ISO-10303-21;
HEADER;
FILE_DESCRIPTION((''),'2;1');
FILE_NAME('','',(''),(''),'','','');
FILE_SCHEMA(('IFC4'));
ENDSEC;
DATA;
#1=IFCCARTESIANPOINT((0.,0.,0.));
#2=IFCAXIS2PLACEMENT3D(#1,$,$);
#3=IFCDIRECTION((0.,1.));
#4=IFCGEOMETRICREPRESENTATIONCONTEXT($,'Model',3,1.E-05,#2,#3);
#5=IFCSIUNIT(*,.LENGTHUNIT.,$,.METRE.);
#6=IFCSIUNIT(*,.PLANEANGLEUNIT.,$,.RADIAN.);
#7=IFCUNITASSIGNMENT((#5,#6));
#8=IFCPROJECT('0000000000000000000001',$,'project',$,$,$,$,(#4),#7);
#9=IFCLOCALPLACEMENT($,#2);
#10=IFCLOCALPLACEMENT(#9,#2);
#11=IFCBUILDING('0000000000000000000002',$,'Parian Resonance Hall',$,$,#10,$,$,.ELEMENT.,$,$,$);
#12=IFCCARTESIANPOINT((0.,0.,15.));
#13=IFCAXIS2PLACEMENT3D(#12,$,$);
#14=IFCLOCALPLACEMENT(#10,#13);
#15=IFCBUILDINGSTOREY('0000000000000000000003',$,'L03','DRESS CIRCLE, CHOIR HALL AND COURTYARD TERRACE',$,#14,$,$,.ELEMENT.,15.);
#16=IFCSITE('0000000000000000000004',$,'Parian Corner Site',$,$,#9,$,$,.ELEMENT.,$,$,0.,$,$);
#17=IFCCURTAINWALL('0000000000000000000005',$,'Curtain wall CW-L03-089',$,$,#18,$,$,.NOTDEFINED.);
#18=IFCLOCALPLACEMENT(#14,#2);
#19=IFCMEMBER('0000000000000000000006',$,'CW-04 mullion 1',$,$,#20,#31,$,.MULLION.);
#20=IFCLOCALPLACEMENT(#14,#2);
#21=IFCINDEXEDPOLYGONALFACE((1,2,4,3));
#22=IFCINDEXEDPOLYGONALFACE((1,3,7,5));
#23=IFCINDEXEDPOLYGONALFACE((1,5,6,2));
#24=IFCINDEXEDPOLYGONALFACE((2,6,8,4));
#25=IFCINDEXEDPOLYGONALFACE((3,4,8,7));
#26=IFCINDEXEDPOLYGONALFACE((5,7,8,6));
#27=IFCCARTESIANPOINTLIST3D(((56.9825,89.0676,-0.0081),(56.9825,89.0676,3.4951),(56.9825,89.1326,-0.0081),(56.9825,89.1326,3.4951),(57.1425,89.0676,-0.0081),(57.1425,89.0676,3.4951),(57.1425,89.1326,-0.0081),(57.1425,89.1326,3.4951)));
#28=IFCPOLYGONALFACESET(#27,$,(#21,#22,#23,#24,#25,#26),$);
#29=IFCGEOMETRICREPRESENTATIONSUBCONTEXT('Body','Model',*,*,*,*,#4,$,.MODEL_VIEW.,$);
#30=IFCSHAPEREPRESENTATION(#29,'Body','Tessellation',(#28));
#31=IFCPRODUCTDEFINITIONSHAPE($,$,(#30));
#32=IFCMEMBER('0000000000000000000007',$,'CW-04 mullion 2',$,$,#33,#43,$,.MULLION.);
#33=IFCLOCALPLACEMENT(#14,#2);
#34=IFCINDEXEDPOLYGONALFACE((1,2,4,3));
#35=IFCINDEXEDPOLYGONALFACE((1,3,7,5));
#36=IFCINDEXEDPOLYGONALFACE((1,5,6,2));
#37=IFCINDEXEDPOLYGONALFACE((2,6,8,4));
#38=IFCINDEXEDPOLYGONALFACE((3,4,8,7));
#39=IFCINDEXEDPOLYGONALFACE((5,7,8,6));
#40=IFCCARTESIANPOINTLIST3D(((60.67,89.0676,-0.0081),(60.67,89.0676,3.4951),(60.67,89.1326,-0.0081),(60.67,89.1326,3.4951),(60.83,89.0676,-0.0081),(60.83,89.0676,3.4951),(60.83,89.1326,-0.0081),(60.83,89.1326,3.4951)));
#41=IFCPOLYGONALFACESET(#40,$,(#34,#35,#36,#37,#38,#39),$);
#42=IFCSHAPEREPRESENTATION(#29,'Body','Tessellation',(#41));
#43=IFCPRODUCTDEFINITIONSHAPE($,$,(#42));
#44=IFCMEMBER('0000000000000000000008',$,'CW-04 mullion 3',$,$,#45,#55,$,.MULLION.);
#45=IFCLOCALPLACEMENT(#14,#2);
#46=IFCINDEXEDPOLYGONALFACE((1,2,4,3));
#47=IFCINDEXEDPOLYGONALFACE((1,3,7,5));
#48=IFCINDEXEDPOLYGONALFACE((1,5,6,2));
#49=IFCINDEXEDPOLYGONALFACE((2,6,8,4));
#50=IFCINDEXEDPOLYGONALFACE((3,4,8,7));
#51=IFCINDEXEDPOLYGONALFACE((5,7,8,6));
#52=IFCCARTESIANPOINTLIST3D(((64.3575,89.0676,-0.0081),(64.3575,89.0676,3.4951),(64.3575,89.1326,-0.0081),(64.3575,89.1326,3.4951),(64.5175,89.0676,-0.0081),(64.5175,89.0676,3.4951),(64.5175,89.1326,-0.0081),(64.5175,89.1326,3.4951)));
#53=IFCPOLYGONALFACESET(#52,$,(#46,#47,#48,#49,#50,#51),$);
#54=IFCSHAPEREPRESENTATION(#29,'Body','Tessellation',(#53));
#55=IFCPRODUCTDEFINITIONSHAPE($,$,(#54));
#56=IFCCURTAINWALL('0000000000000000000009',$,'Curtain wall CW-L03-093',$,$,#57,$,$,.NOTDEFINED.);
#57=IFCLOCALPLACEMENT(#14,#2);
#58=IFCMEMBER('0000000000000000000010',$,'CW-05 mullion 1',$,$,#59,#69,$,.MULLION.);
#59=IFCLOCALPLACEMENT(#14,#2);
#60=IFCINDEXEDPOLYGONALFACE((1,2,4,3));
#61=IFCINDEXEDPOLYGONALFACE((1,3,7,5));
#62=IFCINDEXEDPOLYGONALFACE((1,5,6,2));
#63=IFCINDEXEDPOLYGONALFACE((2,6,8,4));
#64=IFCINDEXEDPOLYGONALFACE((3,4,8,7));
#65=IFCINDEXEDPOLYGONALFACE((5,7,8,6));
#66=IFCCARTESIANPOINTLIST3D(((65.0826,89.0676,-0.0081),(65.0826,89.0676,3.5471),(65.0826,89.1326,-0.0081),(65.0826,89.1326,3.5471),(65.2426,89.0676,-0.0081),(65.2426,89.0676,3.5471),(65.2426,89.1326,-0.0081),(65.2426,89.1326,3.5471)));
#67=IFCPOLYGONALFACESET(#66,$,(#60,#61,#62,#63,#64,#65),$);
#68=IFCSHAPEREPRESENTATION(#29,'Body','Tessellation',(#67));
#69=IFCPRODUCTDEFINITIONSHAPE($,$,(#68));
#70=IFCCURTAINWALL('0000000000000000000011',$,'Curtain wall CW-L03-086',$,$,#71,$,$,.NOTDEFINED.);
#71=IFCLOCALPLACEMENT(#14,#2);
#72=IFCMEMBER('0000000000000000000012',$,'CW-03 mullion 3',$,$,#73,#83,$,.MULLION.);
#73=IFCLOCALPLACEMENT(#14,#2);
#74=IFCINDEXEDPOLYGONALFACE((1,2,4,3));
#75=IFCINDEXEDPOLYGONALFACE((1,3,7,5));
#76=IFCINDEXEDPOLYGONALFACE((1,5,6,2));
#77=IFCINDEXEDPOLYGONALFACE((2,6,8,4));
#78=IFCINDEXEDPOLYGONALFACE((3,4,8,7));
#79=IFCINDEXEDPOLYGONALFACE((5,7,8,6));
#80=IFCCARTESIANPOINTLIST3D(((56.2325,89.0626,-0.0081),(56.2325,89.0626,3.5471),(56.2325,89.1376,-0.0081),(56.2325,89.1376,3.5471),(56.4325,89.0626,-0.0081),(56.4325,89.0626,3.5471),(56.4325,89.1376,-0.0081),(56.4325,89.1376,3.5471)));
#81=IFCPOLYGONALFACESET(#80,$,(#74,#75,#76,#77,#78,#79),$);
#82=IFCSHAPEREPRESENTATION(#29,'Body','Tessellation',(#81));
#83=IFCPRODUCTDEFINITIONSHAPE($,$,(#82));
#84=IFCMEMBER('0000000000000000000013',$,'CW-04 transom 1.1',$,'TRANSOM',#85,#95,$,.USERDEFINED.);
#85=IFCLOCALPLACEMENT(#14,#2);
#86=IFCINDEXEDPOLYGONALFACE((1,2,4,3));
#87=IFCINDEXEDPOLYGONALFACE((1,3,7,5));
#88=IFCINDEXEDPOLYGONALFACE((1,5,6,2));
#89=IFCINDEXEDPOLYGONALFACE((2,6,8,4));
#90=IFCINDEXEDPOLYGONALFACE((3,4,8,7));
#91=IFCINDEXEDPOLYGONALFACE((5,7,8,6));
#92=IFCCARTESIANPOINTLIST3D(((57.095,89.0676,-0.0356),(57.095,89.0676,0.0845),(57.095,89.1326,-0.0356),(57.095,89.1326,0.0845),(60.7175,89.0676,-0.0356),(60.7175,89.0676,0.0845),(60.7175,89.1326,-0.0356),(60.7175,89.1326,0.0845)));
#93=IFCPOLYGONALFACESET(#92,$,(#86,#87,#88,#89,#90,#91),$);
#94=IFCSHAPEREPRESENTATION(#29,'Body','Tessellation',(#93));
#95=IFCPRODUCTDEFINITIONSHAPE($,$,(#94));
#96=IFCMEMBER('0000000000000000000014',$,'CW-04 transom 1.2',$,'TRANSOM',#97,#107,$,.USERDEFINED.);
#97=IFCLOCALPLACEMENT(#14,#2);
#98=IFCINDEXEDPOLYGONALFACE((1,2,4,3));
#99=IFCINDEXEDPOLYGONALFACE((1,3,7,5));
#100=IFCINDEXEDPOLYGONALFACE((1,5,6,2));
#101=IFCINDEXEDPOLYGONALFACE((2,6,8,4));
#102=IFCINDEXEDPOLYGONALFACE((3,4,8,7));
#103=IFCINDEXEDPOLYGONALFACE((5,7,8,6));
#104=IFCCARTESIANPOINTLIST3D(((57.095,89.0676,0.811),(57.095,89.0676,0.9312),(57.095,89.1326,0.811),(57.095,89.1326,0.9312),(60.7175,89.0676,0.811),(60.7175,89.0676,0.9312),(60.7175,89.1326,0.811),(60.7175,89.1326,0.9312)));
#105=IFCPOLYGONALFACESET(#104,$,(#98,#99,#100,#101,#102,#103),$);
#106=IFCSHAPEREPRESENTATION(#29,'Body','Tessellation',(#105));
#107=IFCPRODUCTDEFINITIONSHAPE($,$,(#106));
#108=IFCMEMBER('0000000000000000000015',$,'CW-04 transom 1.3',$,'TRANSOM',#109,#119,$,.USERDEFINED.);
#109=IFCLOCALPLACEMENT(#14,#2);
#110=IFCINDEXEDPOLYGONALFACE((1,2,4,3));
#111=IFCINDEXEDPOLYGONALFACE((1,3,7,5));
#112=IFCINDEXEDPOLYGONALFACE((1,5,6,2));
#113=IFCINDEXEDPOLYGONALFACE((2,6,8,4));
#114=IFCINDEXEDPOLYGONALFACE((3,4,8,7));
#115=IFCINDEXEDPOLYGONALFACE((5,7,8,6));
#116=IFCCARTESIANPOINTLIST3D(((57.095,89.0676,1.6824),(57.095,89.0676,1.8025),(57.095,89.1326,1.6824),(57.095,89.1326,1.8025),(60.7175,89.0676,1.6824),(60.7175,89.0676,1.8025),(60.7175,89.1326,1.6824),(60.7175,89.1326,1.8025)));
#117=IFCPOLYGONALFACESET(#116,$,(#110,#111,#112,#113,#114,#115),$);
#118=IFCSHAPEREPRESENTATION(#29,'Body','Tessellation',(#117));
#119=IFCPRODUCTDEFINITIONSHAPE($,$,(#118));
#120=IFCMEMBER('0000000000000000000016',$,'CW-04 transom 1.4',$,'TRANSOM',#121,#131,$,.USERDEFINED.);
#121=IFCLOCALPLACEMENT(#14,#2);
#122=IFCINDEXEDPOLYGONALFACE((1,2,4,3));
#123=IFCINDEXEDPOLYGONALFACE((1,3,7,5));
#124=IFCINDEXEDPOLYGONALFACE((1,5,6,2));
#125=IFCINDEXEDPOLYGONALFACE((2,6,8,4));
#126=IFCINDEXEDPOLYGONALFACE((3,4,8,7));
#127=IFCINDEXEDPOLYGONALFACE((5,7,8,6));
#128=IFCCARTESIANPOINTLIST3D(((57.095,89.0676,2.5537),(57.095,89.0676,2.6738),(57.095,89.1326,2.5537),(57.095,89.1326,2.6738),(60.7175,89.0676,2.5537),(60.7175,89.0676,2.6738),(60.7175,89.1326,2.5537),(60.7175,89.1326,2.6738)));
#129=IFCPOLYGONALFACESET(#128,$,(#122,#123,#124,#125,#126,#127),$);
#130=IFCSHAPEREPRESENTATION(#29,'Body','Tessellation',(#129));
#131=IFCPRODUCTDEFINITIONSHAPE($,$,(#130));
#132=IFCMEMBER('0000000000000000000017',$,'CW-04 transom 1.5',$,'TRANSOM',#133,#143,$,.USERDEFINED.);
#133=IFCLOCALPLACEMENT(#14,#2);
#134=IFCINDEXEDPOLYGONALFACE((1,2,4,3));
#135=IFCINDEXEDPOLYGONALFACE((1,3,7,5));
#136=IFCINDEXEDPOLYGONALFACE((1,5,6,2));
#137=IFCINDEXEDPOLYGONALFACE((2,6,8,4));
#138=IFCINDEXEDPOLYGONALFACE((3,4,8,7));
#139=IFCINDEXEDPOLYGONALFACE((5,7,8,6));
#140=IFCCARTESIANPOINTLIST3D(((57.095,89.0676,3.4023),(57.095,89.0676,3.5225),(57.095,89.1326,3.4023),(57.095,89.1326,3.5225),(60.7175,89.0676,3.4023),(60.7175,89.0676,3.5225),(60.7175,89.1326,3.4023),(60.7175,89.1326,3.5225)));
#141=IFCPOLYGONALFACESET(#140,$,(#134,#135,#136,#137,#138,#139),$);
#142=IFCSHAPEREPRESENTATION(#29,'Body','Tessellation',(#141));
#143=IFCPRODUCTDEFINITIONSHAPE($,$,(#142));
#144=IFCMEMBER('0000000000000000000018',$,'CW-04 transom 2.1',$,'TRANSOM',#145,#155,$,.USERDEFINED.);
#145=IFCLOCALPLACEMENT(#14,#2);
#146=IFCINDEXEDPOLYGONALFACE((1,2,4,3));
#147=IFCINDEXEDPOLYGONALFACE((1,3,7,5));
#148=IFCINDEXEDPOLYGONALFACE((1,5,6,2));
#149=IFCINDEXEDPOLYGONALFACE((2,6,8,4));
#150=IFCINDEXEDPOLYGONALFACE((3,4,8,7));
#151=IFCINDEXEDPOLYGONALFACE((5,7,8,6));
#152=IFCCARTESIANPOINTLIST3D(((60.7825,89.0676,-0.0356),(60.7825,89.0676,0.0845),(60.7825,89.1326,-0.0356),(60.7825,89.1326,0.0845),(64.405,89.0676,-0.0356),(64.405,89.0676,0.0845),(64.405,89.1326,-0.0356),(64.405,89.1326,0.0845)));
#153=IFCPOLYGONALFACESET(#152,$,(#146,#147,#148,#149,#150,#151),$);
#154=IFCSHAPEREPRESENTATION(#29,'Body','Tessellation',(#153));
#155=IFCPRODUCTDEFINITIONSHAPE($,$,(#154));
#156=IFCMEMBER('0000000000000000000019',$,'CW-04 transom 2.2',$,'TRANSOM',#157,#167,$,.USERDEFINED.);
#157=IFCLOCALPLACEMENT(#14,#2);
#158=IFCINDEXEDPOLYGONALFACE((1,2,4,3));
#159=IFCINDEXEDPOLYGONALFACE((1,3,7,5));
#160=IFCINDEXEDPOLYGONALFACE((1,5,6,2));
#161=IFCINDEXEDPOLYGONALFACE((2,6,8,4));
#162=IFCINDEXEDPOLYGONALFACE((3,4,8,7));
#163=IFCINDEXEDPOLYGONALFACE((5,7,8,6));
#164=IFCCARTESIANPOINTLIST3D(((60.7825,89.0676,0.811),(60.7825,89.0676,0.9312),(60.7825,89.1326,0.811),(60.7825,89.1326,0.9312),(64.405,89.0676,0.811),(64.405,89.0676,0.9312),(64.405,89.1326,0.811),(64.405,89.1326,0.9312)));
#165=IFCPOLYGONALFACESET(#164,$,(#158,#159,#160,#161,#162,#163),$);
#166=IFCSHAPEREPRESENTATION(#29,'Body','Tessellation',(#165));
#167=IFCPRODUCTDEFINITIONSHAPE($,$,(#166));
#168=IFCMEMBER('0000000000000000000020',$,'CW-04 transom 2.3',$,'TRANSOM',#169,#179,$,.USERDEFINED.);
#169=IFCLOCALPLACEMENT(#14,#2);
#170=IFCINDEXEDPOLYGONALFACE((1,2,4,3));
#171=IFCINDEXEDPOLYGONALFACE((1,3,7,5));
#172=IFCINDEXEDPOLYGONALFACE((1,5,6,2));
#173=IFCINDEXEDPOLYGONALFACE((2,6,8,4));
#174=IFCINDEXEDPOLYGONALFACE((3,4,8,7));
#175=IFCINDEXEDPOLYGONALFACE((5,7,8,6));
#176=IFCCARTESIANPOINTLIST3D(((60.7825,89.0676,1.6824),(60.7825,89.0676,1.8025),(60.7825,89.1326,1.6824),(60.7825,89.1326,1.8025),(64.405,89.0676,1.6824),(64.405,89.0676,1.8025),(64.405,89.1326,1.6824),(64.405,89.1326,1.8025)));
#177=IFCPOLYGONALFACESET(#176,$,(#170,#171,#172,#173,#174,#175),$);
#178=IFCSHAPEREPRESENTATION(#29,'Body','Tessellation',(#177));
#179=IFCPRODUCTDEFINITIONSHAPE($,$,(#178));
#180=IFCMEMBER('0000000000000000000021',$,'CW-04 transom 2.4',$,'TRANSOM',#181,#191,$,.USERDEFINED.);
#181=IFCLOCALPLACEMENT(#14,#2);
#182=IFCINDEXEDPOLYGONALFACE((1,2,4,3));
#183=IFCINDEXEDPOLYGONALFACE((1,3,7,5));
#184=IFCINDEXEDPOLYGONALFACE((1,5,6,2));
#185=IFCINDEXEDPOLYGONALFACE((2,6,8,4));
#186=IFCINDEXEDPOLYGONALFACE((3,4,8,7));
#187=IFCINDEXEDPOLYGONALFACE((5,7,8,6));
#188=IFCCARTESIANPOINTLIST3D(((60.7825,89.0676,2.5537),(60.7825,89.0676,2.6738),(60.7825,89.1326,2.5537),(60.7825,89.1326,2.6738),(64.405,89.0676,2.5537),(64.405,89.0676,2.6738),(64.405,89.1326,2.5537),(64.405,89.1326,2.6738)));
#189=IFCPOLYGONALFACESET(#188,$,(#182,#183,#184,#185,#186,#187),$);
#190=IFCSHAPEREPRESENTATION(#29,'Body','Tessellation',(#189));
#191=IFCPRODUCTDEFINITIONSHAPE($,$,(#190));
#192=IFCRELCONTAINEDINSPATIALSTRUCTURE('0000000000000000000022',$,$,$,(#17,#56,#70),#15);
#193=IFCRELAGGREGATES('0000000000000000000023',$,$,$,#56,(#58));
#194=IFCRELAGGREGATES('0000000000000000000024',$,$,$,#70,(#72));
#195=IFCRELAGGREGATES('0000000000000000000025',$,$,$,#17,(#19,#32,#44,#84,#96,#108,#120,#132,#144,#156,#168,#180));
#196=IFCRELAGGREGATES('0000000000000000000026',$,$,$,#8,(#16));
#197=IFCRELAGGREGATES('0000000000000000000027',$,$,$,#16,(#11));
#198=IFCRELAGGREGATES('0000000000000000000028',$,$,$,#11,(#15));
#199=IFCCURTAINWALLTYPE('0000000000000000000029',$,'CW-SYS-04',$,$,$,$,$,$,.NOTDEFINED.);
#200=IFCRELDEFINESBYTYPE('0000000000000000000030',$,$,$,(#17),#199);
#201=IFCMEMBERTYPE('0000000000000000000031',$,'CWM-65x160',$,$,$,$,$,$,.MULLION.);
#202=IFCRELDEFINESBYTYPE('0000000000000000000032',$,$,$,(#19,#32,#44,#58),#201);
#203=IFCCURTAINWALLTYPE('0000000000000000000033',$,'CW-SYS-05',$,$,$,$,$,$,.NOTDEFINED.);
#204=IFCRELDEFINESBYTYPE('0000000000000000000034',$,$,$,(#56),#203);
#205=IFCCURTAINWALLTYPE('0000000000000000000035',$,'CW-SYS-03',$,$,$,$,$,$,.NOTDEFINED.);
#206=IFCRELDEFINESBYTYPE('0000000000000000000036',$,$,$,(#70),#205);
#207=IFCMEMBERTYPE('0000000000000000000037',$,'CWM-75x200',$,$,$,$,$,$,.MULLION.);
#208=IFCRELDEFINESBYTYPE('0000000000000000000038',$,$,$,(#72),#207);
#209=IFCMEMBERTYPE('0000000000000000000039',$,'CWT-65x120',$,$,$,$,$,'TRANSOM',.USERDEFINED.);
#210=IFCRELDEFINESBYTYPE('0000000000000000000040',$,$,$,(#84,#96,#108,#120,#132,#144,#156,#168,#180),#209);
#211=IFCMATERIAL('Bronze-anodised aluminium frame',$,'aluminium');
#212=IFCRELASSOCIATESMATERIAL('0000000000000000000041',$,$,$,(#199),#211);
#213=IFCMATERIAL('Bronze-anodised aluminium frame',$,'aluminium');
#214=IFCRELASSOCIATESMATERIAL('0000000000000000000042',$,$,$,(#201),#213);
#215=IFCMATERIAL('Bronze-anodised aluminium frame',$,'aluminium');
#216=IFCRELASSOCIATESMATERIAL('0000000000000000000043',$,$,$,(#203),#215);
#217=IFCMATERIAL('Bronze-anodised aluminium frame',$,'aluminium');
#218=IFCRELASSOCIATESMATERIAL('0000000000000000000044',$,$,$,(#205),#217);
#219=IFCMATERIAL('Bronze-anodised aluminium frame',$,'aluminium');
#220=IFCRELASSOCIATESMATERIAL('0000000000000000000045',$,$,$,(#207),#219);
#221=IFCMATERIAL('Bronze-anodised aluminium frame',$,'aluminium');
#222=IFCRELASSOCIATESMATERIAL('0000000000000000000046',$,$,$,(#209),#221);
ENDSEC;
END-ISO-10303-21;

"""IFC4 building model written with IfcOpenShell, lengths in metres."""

from ifc_helpers import new_model, si_unit, direction, frame, origin, origin_2d, place, context, subcontext, project, spatial, rectangle, extrude, material, material_profile, profile_set, type_object, element, aggregate, save


model = new_model("IFC4")

# Units and contexts
model_context = context("Model", 3, precision=1e-05, world=origin(), true_north=direction((0.0, 1.0)))
body_context = subcontext(model_context, "Body", "Model", "MODEL_VIEW")
ifc_project = project(units=[si_unit("LENGTHUNIT", "METRE"), si_unit("PLANEANGLEUNIT", "RADIAN")], contexts=[model_context])

# Site, building, storey
site_placement = place(None, origin())
site = spatial("IfcSite", under=ifc_project, at=site_placement, Name="Parian Corner Site", CompositionType="ELEMENT", RefElevation=0.0)
building_placement = place(site_placement, origin())
building = spatial("IfcBuilding", under=site, at=building_placement, Name="Parian Resonance Hall", CompositionType="ELEMENT")
storey_placement = place(building_placement, frame((0.0, 0.0, 15.0)))
storey = spatial("IfcBuildingStorey", under=building, at=storey_placement, Name="L03", Description="DRESS CIRCLE, CHOIR HALL AND COURTYARD TERRACE", CompositionType="ELEMENT", Elevation=15.0)

# Curtain wall, members
ifc_material_1 = material(Name="Bronze-anodised aluminium frame", Category="aluminium")
curtain_wall_type_1 = type_object("IfcCurtainWallType", Name="CW-SYS-04", PredefinedType="NOTDEFINED", material=ifc_material_1)
curtain_wall_1_placement = place(storey_placement, origin())
curtain_wall_1 = element("IfcCurtainWall", 1, at=curtain_wall_1_placement, inside=storey, type_object=curtain_wall_type_1, Name="Curtain wall CW-L03-089", PredefinedType="NOTDEFINED")
ifc_material_2 = material(Name="Bronze-anodised aluminium frame", Category="aluminium")
ifc_material_profile_1 = material_profile(ifc_material_2, rectangle(XDim=0.0649, YDim=0.1599, at=origin_2d()), Name="CWM-65x160")
ifc_profile_set_1 = profile_set([ifc_material_profile_1], Name="Bronze-anodised aluminium frame")
member_type_1 = type_object("IfcMemberType", Name="CWM-65x160", PredefinedType="MULLION", material=ifc_profile_set_1)
member_1_placement = place(storey_placement, frame((57.0625, 89.1001, -0.0081), z_axis=(0.0, 0.0, 1.0), x_axis=(0.0, 1.0, 0.0)))
member_1 = element("IfcMember", 2, at=member_1_placement, type_object=member_type_1, Name="CW-04 mullion 1", PredefinedType="MULLION", context=body_context, shape_type="SweptSolid", body=[
    extrude(rectangle(XDim=0.0649, YDim=0.1599, at=origin_2d()), origin(), (0.0, 0.0, 1.0), 3.5032),
])
member_2_placement = place(storey_placement, frame((60.75, 89.1001, -0.0081), z_axis=(0.0, 0.0, 1.0), x_axis=(0.0, 1.0, 0.0)))
member_2 = element("IfcMember", 3, at=member_2_placement, type_object=member_type_1, Name="CW-04 mullion 2", PredefinedType="MULLION", context=body_context, shape_type="SweptSolid", body=[
    extrude(rectangle(XDim=0.0649, YDim=0.1599, at=origin_2d()), origin(), (0.0, 0.0, 1.0), 3.5032),
])
member_3_placement = place(storey_placement, frame((64.4375, 89.1001, -0.0081), z_axis=(0.0, 0.0, 1.0), x_axis=(0.0, 1.0, 0.0)))
member_3 = element("IfcMember", 4, at=member_3_placement, type_object=member_type_1, Name="CW-04 mullion 3", PredefinedType="MULLION", context=body_context, shape_type="SweptSolid", body=[
    extrude(rectangle(XDim=0.0649, YDim=0.1599, at=origin_2d()), origin(), (0.0, 0.0, 1.0), 3.5032),
])

# Curtain walls, members
ifc_material_3 = material(Name="Bronze-anodised aluminium frame", Category="aluminium")
curtain_wall_type_2 = type_object("IfcCurtainWallType", Name="CW-SYS-05", PredefinedType="NOTDEFINED", material=ifc_material_3)
curtain_wall_2_placement = place(storey_placement, origin())
curtain_wall_2 = element("IfcCurtainWall", 5, at=curtain_wall_2_placement, inside=storey, type_object=curtain_wall_type_2, Name="Curtain wall CW-L03-093", PredefinedType="NOTDEFINED")
member_4_placement = place(storey_placement, frame((65.1626, 89.1001, -0.0081), z_axis=(0.0, 0.0, 1.0), x_axis=(0.0, 1.0, 0.0)))
member_4 = element("IfcMember", 6, at=member_4_placement, type_object=member_type_1, Name="CW-05 mullion 1", PredefinedType="MULLION", context=body_context, shape_type="SweptSolid", body=[
    extrude(rectangle(XDim=0.0649, YDim=0.1599, at=origin_2d()), origin(), (0.0, 0.0, 1.0), 3.5552),
])
ifc_material_4 = material(Name="Bronze-anodised aluminium frame", Category="aluminium")
curtain_wall_type_3 = type_object("IfcCurtainWallType", Name="CW-SYS-03", PredefinedType="NOTDEFINED", material=ifc_material_4)
curtain_wall_3_placement = place(storey_placement, origin())
curtain_wall_3 = element("IfcCurtainWall", 7, at=curtain_wall_3_placement, inside=storey, type_object=curtain_wall_type_3, Name="Curtain wall CW-L03-086", PredefinedType="NOTDEFINED")
ifc_material_5 = material(Name="Bronze-anodised aluminium frame", Category="aluminium")
ifc_material_profile_2 = material_profile(ifc_material_5, rectangle(XDim=0.075, YDim=0.2, at=origin_2d()), Name="CWM-75x200")
ifc_profile_set_2 = profile_set([ifc_material_profile_2], Name="Bronze-anodised aluminium frame")
member_type_2 = type_object("IfcMemberType", Name="CWM-75x200", PredefinedType="MULLION", material=ifc_profile_set_2)
member_5_placement = place(storey_placement, frame((56.3325, 89.1001, -0.0081), z_axis=(0.0, 0.0, 1.0), x_axis=(0.0, 1.0, 0.0)))
member_5 = element("IfcMember", 8, at=member_5_placement, type_object=member_type_2, Name="CW-03 mullion 3", PredefinedType="MULLION", context=body_context, shape_type="SweptSolid", body=[
    extrude(rectangle(XDim=0.075, YDim=0.2, at=origin_2d()), origin(), (0.0, 0.0, 1.0), 3.5552),
])

# Members
ifc_material_6 = material(Name="Bronze-anodised aluminium frame", Category="aluminium")
ifc_material_profile_3 = material_profile(ifc_material_6, rectangle(XDim=0.0649, YDim=0.1201, at=origin_2d()), Name="CWT-65x120")
ifc_profile_set_3 = profile_set([ifc_material_profile_3], Name="Bronze-anodised aluminium frame")
member_type_3 = type_object("IfcMemberType", Name="CWT-65x120", ElementType="TRANSOM", PredefinedType="USERDEFINED", material=ifc_profile_set_3)
member_6_placement = place(storey_placement, frame((57.095, 89.1001, 0.0244), z_axis=(1.0, 0.0, 0.0), x_axis=(0.0, 1.0, 0.0)))
member_6 = element("IfcMember", 9, at=member_6_placement, type_object=member_type_3, Name="CW-04 transom 1.1", ObjectType="TRANSOM", PredefinedType="USERDEFINED", context=body_context, shape_type="SweptSolid", body=[
    extrude(rectangle(XDim=0.0649, YDim=0.1201, at=origin_2d()), origin(), (0.0, 0.0, 1.0), 3.6226),
])
member_7_placement = place(storey_placement, frame((57.095, 89.1001, 0.8711), z_axis=(1.0, 0.0, 0.0), x_axis=(0.0, 1.0, 0.0)))
member_7 = element("IfcMember", 10, at=member_7_placement, type_object=member_type_3, Name="CW-04 transom 1.2", ObjectType="TRANSOM", PredefinedType="USERDEFINED", context=body_context, shape_type="SweptSolid", body=[
    extrude(rectangle(XDim=0.0649, YDim=0.1201, at=origin_2d()), origin(), (0.0, 0.0, 1.0), 3.6226),
])
member_8_placement = place(storey_placement, frame((57.095, 89.1001, 1.7424), z_axis=(1.0, 0.0, 0.0), x_axis=(0.0, 1.0, 0.0)))
member_8 = element("IfcMember", 11, at=member_8_placement, type_object=member_type_3, Name="CW-04 transom 1.3", ObjectType="TRANSOM", PredefinedType="USERDEFINED", context=body_context, shape_type="SweptSolid", body=[
    extrude(rectangle(XDim=0.0649, YDim=0.1201, at=origin_2d()), origin(), (0.0, 0.0, 1.0), 3.6226),
])
member_9_placement = place(storey_placement, frame((57.095, 89.1001, 2.6138), z_axis=(1.0, 0.0, 0.0), x_axis=(0.0, 1.0, 0.0)))
member_9 = element("IfcMember", 12, at=member_9_placement, type_object=member_type_3, Name="CW-04 transom 1.4", ObjectType="TRANSOM", PredefinedType="USERDEFINED", context=body_context, shape_type="SweptSolid", body=[
    extrude(rectangle(XDim=0.0649, YDim=0.1201, at=origin_2d()), origin(), (0.0, 0.0, 1.0), 3.6226),
])
member_10_placement = place(storey_placement, frame((57.095, 89.1001, 3.4624), z_axis=(1.0, 0.0, 0.0), x_axis=(0.0, 1.0, 0.0)))
member_10 = element("IfcMember", 13, at=member_10_placement, type_object=member_type_3, Name="CW-04 transom 1.5", ObjectType="TRANSOM", PredefinedType="USERDEFINED", context=body_context, shape_type="SweptSolid", body=[
    extrude(rectangle(XDim=0.0649, YDim=0.1201, at=origin_2d()), origin(), (0.0, 0.0, 1.0), 3.6226),
])
member_11_placement = place(storey_placement, frame((60.7825, 89.1001, 0.0244), z_axis=(1.0, 0.0, 0.0), x_axis=(0.0, 1.0, 0.0)))
member_11 = element("IfcMember", 14, at=member_11_placement, type_object=member_type_3, Name="CW-04 transom 2.1", ObjectType="TRANSOM", PredefinedType="USERDEFINED", context=body_context, shape_type="SweptSolid", body=[
    extrude(rectangle(XDim=0.0649, YDim=0.1201, at=origin_2d()), origin(), (0.0, 0.0, 1.0), 3.6226),
])
member_12_placement = place(storey_placement, frame((60.7825, 89.1001, 0.8711), z_axis=(1.0, 0.0, 0.0), x_axis=(0.0, 1.0, 0.0)))
member_12 = element("IfcMember", 15, at=member_12_placement, type_object=member_type_3, Name="CW-04 transom 2.2", ObjectType="TRANSOM", PredefinedType="USERDEFINED", context=body_context, shape_type="SweptSolid", body=[
    extrude(rectangle(XDim=0.0649, YDim=0.1201, at=origin_2d()), origin(), (0.0, 0.0, 1.0), 3.6226),
])
member_13_placement = place(storey_placement, frame((60.7825, 89.1001, 1.7424), z_axis=(1.0, 0.0, 0.0), x_axis=(0.0, 1.0, 0.0)))
member_13 = element("IfcMember", 16, at=member_13_placement, type_object=member_type_3, Name="CW-04 transom 2.3", ObjectType="TRANSOM", PredefinedType="USERDEFINED", context=body_context, shape_type="SweptSolid", body=[
    extrude(rectangle(XDim=0.0649, YDim=0.1201, at=origin_2d()), origin(), (0.0, 0.0, 1.0), 3.6226),
])
member_14_placement = place(storey_placement, frame((60.7825, 89.1001, 2.6138), z_axis=(1.0, 0.0, 0.0), x_axis=(0.0, 1.0, 0.0)))
member_14 = element("IfcMember", 17, at=member_14_placement, type_object=member_type_3, Name="CW-04 transom 2.4", ObjectType="TRANSOM", PredefinedType="USERDEFINED", context=body_context, shape_type="SweptSolid", body=[
    extrude(rectangle(XDim=0.0649, YDim=0.1201, at=origin_2d()), origin(), (0.0, 0.0, 1.0), 3.6226),
])
aggregate(curtain_wall_2, [member_4])

aggregate(curtain_wall_3, [member_5])
aggregate(curtain_wall_1, [member_1, member_2, member_3, member_6, member_7, member_8, member_9, member_10, member_11, member_12, member_13, member_14])

save(model, "model.ifc")
